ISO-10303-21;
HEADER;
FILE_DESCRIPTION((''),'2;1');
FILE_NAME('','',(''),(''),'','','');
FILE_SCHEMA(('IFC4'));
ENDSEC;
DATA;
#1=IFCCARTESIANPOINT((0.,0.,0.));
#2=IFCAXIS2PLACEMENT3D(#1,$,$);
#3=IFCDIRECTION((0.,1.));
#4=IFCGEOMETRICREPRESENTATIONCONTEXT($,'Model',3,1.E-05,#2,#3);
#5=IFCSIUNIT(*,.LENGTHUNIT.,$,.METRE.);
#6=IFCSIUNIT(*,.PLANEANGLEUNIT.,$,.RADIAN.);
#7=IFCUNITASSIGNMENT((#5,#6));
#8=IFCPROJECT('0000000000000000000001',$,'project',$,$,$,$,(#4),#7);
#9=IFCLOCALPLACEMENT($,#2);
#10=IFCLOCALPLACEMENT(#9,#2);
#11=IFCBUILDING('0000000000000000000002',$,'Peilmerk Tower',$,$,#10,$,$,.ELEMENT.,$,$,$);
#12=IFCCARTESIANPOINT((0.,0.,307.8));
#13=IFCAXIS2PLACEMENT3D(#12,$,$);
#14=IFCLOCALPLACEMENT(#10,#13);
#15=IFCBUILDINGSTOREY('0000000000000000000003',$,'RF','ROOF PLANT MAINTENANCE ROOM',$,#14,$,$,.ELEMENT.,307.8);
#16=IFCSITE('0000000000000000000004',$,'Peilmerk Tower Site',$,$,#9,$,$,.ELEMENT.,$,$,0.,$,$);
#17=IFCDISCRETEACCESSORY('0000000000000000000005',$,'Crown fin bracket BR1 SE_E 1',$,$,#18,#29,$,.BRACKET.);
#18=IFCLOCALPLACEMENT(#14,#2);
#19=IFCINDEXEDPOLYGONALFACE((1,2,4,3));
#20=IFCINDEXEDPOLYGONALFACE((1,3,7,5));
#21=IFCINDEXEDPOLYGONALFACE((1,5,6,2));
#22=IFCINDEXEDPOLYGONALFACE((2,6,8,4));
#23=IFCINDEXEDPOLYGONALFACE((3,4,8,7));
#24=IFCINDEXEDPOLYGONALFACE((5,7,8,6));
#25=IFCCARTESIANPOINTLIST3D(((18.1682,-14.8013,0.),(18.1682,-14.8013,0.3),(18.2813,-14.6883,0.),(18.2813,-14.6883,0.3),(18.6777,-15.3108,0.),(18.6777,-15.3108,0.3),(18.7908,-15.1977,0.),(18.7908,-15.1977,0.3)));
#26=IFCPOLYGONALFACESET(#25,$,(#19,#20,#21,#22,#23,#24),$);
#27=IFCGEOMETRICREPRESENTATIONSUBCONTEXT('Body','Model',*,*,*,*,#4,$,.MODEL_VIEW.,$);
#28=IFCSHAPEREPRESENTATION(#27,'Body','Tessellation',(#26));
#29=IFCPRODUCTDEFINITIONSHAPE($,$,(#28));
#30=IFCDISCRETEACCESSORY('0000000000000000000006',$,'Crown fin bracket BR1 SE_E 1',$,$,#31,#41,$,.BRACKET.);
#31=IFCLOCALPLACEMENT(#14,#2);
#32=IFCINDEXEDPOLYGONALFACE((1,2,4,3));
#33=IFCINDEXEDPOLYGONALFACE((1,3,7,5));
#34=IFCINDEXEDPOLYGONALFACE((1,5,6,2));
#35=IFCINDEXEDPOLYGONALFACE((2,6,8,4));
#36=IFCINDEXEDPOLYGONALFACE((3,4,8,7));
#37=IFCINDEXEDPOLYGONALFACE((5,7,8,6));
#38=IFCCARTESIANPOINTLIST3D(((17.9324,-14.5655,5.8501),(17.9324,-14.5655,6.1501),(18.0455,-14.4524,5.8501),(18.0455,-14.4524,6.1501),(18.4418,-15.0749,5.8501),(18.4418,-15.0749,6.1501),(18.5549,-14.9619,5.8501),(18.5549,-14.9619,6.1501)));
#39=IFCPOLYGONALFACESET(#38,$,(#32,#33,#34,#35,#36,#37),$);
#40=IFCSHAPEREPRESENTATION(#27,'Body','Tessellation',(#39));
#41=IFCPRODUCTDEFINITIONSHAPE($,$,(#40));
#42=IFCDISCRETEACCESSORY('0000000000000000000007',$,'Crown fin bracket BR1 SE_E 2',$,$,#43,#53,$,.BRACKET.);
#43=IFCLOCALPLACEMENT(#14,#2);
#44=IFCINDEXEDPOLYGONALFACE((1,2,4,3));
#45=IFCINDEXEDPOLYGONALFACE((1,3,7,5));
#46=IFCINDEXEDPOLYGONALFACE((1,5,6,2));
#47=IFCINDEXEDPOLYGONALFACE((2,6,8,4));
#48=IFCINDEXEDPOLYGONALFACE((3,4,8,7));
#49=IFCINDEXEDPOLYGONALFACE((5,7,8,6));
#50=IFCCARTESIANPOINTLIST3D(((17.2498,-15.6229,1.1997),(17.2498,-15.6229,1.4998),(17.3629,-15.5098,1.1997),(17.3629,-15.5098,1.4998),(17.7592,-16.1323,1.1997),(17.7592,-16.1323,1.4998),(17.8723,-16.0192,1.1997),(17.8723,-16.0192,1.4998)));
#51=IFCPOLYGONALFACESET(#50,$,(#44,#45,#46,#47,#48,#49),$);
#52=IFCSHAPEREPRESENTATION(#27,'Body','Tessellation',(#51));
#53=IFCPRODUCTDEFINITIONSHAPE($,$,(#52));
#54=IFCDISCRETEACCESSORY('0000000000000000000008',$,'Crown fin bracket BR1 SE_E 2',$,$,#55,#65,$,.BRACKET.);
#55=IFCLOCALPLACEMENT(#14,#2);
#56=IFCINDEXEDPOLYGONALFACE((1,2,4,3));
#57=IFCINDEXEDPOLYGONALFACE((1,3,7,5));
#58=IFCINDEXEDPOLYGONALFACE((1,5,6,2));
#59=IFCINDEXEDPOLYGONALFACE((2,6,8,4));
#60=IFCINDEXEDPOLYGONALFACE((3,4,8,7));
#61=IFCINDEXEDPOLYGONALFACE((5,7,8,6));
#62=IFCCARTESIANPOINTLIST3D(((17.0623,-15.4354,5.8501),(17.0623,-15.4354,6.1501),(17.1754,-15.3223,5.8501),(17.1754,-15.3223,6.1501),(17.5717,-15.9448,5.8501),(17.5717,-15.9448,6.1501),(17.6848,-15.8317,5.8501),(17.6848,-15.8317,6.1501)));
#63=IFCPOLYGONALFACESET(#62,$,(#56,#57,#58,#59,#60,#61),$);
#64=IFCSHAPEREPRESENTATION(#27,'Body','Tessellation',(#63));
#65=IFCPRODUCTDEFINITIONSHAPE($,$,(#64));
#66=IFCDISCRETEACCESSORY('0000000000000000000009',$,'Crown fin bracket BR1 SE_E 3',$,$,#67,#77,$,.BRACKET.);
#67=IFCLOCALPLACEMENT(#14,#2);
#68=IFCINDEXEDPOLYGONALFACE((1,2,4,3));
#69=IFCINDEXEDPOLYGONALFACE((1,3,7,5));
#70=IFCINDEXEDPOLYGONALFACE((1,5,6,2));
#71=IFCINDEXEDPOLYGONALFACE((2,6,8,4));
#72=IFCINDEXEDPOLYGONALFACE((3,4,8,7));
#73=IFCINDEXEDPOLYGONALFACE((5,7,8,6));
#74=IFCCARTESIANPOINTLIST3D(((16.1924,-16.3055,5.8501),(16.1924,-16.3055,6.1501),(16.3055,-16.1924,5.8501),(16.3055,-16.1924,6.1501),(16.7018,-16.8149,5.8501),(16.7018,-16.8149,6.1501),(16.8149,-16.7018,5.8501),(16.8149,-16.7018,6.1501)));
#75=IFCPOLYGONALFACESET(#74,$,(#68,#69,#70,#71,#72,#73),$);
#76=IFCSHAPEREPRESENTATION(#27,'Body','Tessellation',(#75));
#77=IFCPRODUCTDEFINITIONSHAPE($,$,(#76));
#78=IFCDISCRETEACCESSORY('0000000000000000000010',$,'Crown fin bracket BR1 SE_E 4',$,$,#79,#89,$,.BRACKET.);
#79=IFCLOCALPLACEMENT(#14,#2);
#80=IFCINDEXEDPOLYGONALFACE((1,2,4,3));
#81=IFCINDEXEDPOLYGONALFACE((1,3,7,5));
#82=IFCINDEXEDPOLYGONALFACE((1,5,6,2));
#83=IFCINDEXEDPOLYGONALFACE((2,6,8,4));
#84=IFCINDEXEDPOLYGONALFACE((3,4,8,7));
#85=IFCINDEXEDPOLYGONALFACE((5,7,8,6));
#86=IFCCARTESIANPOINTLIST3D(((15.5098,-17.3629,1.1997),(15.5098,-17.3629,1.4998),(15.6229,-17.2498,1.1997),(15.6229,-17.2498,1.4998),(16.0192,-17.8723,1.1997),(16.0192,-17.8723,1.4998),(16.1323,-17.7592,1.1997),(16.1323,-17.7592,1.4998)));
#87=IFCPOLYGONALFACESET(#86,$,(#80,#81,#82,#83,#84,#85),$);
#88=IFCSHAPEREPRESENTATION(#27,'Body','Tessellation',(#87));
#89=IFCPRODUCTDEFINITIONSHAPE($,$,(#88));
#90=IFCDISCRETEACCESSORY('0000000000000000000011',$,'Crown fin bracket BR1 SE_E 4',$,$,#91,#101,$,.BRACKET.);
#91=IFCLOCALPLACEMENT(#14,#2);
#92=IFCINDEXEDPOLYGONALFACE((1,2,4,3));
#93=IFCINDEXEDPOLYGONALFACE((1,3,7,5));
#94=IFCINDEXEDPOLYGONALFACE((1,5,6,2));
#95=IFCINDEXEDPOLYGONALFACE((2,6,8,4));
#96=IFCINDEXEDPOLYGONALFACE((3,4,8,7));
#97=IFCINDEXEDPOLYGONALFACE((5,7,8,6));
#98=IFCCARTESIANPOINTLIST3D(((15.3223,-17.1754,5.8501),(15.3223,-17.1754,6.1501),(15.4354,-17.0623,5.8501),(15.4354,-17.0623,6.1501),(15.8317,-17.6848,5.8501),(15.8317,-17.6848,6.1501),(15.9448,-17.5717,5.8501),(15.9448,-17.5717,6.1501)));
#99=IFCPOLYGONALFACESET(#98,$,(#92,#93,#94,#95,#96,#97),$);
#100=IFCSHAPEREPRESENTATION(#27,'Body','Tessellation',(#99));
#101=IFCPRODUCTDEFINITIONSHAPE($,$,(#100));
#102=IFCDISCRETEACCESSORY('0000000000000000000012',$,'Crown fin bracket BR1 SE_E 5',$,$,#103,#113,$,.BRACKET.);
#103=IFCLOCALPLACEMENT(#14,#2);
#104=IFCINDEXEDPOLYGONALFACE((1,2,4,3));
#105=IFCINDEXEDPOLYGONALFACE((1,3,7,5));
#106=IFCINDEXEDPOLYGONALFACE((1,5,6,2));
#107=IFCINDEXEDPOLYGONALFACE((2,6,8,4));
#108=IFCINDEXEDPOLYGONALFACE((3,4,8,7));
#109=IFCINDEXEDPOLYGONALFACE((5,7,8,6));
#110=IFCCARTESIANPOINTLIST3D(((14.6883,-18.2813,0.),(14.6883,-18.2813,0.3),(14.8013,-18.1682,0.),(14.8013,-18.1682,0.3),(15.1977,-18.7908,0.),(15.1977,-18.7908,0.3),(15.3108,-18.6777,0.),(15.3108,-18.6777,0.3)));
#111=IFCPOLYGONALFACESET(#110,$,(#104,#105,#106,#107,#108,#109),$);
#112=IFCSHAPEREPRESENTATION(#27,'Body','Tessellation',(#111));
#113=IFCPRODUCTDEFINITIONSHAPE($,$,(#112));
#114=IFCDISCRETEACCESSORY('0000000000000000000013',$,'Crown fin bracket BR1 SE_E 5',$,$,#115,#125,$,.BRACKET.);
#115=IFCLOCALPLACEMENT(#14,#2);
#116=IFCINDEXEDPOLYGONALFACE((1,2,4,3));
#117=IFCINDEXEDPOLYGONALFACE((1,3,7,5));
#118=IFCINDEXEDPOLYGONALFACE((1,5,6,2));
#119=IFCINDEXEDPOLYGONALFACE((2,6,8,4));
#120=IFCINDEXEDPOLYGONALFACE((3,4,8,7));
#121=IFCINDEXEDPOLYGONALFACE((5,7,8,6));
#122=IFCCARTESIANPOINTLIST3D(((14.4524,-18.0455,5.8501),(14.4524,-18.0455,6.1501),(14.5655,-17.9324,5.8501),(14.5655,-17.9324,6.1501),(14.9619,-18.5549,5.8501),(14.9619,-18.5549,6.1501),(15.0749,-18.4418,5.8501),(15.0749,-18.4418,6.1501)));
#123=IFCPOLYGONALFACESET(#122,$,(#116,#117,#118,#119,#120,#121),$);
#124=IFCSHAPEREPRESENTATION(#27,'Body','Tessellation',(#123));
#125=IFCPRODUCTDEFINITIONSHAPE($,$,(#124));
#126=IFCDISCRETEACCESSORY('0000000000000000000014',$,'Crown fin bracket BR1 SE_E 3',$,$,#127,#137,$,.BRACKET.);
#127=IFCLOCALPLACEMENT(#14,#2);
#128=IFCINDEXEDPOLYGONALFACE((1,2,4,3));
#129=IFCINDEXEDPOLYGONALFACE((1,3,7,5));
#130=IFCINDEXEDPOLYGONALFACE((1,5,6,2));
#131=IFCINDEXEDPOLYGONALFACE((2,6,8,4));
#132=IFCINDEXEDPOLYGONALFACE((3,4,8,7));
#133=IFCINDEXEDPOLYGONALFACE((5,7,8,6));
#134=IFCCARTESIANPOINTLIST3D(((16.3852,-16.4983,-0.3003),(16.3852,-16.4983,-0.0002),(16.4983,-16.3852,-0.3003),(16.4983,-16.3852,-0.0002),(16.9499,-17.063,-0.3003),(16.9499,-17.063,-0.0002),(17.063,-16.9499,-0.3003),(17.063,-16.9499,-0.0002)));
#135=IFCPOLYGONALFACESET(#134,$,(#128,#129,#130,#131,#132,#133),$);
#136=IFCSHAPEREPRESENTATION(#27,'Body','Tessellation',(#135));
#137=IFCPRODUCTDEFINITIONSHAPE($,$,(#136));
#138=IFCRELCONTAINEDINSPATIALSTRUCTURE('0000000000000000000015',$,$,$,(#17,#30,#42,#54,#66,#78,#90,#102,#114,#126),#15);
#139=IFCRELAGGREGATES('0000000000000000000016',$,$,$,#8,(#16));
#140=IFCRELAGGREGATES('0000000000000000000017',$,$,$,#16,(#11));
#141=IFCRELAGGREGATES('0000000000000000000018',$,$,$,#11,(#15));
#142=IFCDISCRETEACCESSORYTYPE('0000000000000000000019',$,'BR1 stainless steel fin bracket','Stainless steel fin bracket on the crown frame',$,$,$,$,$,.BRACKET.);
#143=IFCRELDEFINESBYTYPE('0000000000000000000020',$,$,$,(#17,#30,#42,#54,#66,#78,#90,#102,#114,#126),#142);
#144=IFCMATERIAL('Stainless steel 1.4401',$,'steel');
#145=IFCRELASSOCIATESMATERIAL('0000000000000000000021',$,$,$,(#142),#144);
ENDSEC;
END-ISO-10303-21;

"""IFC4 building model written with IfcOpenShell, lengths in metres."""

from ifc_helpers import new_model, si_unit, direction, frame, origin, origin_2d, place, context, subcontext, project, spatial, rectangle, extrude, source, transform, mapped, material, type_object, element, save


model = new_model("IFC4")

# Units and contexts
model_context = context("Model", 3, precision=1e-05, world=origin(), true_north=direction((0.0, 1.0)))
body_context = subcontext(model_context, "Body", "Model", "MODEL_VIEW")
ifc_project = project(units=[si_unit("LENGTHUNIT", "METRE"), si_unit("PLANEANGLEUNIT", "RADIAN")], contexts=[model_context])

# Site, building, storey
site_placement = place(None, origin())
site = spatial("IfcSite", under=ifc_project, at=site_placement, Name="Peilmerk Tower Site", CompositionType="ELEMENT", RefElevation=0.0)
building_placement = place(site_placement, origin())
building = spatial("IfcBuilding", under=site, at=building_placement, Name="Peilmerk Tower", CompositionType="ELEMENT")
storey_placement = place(building_placement, frame((0.0, 0.0, 307.8)))
storey = spatial("IfcBuildingStorey", under=building, at=storey_placement, Name="RF", Description="ROOF PLANT MAINTENANCE ROOM", CompositionType="ELEMENT", Elevation=307.8)

# Discrete accessories
ifc_material_1 = material(Name="Stainless steel 1.4401", Category="steel")
discrete_accessory_type = type_object("IfcDiscreteAccessoryType", Name="BR1 stainless steel fin bracket", Description="Stainless steel fin bracket on the crown frame", PredefinedType="BRACKET", material=ifc_material_1)
shared_shape_1 = source(origin(), body_context, "Body", "SweptSolid", [
    extrude(rectangle(XDim=0.7205, YDim=0.1599, at=origin_2d()), origin(), (0.0, 0.0, 1.0), 0.3),
])
for number, where, z_axis, x_axis, name in (
    (1, (18.4795, -14.9995, 0.0), (0.0, 0.0, 1.0), (0.707107, -0.707107, 0.0), "Crown fin bracket BR1 SE_E 1"),
    (2, (18.2437, -14.7637, 5.8501), (0.0, 0.0, 1.0), (0.707107, -0.707107, 0.0), "Crown fin bracket BR1 SE_E 1"),
    (3, (17.561, -15.821, 1.1997), (0.0, 0.0, 1.0), (0.707107, -0.707107, 0.0), "Crown fin bracket BR1 SE_E 2"),
    (4, (17.3735, -15.6335, 5.8501), (0.0, 0.0, 1.0), (0.707107, -0.707107, 0.0), "Crown fin bracket BR1 SE_E 2"),
    (5, (16.5037, -16.5037, 5.8501), (0.0, 0.0, 1.0), (0.707107, -0.707107, 0.0), "Crown fin bracket BR1 SE_E 3"),
    (6, (15.821, -17.561, 1.1997), (0.0, 0.0, 1.0), (0.707107, -0.707107, 0.0), "Crown fin bracket BR1 SE_E 4"),
    (7, (15.6335, -17.3735, 5.8501), (0.0, 0.0, 1.0), (0.707107, -0.707107, 0.0), "Crown fin bracket BR1 SE_E 4"),
    (8, (14.9995, -18.4795, 0.0), (0.0, 0.0, 1.0), (0.707107, -0.707107, 0.0), "Crown fin bracket BR1 SE_E 5"),
    (9, (14.7637, -18.2437, 5.8501), (0.0, 0.0, 1.0), (0.707107, -0.707107, 0.0), "Crown fin bracket BR1 SE_E 5"),
):
    element("IfcDiscreteAccessory", number, at=place(storey_placement, frame(where, z_axis=z_axis, x_axis=x_axis)), inside=storey, type_object=discrete_accessory_type, Name=name, PredefinedType="BRACKET", context=body_context, shape_type="MappedRepresentation", body=[
        mapped(shared_shape_1, transform((0.0, 0.0, 0.0), scale=1.0)),
    ])
shared_shape_2 = source(origin(), body_context, "Body", "SweptSolid", [
    extrude(rectangle(XDim=0.7986, YDim=0.1599, at=origin_2d()), origin(), (0.0, 0.0, 1.0), 0.3),
])
discrete_accessory_placement = place(storey_placement, frame((16.7241, -16.7241, -0.3003), z_axis=(0.0, 0.0, 1.0), x_axis=(0.707107, -0.707107, 0.0)))
element("IfcDiscreteAccessory", 10, at=discrete_accessory_placement, inside=storey, type_object=discrete_accessory_type, Name="Crown fin bracket BR1 SE_E 3", PredefinedType="BRACKET", context=body_context, shape_type="MappedRepresentation", body=[
    mapped(shared_shape_2, transform((0.0, 0.0, 0.0), scale=1.0)),
])

save(model, "model.ifc")
